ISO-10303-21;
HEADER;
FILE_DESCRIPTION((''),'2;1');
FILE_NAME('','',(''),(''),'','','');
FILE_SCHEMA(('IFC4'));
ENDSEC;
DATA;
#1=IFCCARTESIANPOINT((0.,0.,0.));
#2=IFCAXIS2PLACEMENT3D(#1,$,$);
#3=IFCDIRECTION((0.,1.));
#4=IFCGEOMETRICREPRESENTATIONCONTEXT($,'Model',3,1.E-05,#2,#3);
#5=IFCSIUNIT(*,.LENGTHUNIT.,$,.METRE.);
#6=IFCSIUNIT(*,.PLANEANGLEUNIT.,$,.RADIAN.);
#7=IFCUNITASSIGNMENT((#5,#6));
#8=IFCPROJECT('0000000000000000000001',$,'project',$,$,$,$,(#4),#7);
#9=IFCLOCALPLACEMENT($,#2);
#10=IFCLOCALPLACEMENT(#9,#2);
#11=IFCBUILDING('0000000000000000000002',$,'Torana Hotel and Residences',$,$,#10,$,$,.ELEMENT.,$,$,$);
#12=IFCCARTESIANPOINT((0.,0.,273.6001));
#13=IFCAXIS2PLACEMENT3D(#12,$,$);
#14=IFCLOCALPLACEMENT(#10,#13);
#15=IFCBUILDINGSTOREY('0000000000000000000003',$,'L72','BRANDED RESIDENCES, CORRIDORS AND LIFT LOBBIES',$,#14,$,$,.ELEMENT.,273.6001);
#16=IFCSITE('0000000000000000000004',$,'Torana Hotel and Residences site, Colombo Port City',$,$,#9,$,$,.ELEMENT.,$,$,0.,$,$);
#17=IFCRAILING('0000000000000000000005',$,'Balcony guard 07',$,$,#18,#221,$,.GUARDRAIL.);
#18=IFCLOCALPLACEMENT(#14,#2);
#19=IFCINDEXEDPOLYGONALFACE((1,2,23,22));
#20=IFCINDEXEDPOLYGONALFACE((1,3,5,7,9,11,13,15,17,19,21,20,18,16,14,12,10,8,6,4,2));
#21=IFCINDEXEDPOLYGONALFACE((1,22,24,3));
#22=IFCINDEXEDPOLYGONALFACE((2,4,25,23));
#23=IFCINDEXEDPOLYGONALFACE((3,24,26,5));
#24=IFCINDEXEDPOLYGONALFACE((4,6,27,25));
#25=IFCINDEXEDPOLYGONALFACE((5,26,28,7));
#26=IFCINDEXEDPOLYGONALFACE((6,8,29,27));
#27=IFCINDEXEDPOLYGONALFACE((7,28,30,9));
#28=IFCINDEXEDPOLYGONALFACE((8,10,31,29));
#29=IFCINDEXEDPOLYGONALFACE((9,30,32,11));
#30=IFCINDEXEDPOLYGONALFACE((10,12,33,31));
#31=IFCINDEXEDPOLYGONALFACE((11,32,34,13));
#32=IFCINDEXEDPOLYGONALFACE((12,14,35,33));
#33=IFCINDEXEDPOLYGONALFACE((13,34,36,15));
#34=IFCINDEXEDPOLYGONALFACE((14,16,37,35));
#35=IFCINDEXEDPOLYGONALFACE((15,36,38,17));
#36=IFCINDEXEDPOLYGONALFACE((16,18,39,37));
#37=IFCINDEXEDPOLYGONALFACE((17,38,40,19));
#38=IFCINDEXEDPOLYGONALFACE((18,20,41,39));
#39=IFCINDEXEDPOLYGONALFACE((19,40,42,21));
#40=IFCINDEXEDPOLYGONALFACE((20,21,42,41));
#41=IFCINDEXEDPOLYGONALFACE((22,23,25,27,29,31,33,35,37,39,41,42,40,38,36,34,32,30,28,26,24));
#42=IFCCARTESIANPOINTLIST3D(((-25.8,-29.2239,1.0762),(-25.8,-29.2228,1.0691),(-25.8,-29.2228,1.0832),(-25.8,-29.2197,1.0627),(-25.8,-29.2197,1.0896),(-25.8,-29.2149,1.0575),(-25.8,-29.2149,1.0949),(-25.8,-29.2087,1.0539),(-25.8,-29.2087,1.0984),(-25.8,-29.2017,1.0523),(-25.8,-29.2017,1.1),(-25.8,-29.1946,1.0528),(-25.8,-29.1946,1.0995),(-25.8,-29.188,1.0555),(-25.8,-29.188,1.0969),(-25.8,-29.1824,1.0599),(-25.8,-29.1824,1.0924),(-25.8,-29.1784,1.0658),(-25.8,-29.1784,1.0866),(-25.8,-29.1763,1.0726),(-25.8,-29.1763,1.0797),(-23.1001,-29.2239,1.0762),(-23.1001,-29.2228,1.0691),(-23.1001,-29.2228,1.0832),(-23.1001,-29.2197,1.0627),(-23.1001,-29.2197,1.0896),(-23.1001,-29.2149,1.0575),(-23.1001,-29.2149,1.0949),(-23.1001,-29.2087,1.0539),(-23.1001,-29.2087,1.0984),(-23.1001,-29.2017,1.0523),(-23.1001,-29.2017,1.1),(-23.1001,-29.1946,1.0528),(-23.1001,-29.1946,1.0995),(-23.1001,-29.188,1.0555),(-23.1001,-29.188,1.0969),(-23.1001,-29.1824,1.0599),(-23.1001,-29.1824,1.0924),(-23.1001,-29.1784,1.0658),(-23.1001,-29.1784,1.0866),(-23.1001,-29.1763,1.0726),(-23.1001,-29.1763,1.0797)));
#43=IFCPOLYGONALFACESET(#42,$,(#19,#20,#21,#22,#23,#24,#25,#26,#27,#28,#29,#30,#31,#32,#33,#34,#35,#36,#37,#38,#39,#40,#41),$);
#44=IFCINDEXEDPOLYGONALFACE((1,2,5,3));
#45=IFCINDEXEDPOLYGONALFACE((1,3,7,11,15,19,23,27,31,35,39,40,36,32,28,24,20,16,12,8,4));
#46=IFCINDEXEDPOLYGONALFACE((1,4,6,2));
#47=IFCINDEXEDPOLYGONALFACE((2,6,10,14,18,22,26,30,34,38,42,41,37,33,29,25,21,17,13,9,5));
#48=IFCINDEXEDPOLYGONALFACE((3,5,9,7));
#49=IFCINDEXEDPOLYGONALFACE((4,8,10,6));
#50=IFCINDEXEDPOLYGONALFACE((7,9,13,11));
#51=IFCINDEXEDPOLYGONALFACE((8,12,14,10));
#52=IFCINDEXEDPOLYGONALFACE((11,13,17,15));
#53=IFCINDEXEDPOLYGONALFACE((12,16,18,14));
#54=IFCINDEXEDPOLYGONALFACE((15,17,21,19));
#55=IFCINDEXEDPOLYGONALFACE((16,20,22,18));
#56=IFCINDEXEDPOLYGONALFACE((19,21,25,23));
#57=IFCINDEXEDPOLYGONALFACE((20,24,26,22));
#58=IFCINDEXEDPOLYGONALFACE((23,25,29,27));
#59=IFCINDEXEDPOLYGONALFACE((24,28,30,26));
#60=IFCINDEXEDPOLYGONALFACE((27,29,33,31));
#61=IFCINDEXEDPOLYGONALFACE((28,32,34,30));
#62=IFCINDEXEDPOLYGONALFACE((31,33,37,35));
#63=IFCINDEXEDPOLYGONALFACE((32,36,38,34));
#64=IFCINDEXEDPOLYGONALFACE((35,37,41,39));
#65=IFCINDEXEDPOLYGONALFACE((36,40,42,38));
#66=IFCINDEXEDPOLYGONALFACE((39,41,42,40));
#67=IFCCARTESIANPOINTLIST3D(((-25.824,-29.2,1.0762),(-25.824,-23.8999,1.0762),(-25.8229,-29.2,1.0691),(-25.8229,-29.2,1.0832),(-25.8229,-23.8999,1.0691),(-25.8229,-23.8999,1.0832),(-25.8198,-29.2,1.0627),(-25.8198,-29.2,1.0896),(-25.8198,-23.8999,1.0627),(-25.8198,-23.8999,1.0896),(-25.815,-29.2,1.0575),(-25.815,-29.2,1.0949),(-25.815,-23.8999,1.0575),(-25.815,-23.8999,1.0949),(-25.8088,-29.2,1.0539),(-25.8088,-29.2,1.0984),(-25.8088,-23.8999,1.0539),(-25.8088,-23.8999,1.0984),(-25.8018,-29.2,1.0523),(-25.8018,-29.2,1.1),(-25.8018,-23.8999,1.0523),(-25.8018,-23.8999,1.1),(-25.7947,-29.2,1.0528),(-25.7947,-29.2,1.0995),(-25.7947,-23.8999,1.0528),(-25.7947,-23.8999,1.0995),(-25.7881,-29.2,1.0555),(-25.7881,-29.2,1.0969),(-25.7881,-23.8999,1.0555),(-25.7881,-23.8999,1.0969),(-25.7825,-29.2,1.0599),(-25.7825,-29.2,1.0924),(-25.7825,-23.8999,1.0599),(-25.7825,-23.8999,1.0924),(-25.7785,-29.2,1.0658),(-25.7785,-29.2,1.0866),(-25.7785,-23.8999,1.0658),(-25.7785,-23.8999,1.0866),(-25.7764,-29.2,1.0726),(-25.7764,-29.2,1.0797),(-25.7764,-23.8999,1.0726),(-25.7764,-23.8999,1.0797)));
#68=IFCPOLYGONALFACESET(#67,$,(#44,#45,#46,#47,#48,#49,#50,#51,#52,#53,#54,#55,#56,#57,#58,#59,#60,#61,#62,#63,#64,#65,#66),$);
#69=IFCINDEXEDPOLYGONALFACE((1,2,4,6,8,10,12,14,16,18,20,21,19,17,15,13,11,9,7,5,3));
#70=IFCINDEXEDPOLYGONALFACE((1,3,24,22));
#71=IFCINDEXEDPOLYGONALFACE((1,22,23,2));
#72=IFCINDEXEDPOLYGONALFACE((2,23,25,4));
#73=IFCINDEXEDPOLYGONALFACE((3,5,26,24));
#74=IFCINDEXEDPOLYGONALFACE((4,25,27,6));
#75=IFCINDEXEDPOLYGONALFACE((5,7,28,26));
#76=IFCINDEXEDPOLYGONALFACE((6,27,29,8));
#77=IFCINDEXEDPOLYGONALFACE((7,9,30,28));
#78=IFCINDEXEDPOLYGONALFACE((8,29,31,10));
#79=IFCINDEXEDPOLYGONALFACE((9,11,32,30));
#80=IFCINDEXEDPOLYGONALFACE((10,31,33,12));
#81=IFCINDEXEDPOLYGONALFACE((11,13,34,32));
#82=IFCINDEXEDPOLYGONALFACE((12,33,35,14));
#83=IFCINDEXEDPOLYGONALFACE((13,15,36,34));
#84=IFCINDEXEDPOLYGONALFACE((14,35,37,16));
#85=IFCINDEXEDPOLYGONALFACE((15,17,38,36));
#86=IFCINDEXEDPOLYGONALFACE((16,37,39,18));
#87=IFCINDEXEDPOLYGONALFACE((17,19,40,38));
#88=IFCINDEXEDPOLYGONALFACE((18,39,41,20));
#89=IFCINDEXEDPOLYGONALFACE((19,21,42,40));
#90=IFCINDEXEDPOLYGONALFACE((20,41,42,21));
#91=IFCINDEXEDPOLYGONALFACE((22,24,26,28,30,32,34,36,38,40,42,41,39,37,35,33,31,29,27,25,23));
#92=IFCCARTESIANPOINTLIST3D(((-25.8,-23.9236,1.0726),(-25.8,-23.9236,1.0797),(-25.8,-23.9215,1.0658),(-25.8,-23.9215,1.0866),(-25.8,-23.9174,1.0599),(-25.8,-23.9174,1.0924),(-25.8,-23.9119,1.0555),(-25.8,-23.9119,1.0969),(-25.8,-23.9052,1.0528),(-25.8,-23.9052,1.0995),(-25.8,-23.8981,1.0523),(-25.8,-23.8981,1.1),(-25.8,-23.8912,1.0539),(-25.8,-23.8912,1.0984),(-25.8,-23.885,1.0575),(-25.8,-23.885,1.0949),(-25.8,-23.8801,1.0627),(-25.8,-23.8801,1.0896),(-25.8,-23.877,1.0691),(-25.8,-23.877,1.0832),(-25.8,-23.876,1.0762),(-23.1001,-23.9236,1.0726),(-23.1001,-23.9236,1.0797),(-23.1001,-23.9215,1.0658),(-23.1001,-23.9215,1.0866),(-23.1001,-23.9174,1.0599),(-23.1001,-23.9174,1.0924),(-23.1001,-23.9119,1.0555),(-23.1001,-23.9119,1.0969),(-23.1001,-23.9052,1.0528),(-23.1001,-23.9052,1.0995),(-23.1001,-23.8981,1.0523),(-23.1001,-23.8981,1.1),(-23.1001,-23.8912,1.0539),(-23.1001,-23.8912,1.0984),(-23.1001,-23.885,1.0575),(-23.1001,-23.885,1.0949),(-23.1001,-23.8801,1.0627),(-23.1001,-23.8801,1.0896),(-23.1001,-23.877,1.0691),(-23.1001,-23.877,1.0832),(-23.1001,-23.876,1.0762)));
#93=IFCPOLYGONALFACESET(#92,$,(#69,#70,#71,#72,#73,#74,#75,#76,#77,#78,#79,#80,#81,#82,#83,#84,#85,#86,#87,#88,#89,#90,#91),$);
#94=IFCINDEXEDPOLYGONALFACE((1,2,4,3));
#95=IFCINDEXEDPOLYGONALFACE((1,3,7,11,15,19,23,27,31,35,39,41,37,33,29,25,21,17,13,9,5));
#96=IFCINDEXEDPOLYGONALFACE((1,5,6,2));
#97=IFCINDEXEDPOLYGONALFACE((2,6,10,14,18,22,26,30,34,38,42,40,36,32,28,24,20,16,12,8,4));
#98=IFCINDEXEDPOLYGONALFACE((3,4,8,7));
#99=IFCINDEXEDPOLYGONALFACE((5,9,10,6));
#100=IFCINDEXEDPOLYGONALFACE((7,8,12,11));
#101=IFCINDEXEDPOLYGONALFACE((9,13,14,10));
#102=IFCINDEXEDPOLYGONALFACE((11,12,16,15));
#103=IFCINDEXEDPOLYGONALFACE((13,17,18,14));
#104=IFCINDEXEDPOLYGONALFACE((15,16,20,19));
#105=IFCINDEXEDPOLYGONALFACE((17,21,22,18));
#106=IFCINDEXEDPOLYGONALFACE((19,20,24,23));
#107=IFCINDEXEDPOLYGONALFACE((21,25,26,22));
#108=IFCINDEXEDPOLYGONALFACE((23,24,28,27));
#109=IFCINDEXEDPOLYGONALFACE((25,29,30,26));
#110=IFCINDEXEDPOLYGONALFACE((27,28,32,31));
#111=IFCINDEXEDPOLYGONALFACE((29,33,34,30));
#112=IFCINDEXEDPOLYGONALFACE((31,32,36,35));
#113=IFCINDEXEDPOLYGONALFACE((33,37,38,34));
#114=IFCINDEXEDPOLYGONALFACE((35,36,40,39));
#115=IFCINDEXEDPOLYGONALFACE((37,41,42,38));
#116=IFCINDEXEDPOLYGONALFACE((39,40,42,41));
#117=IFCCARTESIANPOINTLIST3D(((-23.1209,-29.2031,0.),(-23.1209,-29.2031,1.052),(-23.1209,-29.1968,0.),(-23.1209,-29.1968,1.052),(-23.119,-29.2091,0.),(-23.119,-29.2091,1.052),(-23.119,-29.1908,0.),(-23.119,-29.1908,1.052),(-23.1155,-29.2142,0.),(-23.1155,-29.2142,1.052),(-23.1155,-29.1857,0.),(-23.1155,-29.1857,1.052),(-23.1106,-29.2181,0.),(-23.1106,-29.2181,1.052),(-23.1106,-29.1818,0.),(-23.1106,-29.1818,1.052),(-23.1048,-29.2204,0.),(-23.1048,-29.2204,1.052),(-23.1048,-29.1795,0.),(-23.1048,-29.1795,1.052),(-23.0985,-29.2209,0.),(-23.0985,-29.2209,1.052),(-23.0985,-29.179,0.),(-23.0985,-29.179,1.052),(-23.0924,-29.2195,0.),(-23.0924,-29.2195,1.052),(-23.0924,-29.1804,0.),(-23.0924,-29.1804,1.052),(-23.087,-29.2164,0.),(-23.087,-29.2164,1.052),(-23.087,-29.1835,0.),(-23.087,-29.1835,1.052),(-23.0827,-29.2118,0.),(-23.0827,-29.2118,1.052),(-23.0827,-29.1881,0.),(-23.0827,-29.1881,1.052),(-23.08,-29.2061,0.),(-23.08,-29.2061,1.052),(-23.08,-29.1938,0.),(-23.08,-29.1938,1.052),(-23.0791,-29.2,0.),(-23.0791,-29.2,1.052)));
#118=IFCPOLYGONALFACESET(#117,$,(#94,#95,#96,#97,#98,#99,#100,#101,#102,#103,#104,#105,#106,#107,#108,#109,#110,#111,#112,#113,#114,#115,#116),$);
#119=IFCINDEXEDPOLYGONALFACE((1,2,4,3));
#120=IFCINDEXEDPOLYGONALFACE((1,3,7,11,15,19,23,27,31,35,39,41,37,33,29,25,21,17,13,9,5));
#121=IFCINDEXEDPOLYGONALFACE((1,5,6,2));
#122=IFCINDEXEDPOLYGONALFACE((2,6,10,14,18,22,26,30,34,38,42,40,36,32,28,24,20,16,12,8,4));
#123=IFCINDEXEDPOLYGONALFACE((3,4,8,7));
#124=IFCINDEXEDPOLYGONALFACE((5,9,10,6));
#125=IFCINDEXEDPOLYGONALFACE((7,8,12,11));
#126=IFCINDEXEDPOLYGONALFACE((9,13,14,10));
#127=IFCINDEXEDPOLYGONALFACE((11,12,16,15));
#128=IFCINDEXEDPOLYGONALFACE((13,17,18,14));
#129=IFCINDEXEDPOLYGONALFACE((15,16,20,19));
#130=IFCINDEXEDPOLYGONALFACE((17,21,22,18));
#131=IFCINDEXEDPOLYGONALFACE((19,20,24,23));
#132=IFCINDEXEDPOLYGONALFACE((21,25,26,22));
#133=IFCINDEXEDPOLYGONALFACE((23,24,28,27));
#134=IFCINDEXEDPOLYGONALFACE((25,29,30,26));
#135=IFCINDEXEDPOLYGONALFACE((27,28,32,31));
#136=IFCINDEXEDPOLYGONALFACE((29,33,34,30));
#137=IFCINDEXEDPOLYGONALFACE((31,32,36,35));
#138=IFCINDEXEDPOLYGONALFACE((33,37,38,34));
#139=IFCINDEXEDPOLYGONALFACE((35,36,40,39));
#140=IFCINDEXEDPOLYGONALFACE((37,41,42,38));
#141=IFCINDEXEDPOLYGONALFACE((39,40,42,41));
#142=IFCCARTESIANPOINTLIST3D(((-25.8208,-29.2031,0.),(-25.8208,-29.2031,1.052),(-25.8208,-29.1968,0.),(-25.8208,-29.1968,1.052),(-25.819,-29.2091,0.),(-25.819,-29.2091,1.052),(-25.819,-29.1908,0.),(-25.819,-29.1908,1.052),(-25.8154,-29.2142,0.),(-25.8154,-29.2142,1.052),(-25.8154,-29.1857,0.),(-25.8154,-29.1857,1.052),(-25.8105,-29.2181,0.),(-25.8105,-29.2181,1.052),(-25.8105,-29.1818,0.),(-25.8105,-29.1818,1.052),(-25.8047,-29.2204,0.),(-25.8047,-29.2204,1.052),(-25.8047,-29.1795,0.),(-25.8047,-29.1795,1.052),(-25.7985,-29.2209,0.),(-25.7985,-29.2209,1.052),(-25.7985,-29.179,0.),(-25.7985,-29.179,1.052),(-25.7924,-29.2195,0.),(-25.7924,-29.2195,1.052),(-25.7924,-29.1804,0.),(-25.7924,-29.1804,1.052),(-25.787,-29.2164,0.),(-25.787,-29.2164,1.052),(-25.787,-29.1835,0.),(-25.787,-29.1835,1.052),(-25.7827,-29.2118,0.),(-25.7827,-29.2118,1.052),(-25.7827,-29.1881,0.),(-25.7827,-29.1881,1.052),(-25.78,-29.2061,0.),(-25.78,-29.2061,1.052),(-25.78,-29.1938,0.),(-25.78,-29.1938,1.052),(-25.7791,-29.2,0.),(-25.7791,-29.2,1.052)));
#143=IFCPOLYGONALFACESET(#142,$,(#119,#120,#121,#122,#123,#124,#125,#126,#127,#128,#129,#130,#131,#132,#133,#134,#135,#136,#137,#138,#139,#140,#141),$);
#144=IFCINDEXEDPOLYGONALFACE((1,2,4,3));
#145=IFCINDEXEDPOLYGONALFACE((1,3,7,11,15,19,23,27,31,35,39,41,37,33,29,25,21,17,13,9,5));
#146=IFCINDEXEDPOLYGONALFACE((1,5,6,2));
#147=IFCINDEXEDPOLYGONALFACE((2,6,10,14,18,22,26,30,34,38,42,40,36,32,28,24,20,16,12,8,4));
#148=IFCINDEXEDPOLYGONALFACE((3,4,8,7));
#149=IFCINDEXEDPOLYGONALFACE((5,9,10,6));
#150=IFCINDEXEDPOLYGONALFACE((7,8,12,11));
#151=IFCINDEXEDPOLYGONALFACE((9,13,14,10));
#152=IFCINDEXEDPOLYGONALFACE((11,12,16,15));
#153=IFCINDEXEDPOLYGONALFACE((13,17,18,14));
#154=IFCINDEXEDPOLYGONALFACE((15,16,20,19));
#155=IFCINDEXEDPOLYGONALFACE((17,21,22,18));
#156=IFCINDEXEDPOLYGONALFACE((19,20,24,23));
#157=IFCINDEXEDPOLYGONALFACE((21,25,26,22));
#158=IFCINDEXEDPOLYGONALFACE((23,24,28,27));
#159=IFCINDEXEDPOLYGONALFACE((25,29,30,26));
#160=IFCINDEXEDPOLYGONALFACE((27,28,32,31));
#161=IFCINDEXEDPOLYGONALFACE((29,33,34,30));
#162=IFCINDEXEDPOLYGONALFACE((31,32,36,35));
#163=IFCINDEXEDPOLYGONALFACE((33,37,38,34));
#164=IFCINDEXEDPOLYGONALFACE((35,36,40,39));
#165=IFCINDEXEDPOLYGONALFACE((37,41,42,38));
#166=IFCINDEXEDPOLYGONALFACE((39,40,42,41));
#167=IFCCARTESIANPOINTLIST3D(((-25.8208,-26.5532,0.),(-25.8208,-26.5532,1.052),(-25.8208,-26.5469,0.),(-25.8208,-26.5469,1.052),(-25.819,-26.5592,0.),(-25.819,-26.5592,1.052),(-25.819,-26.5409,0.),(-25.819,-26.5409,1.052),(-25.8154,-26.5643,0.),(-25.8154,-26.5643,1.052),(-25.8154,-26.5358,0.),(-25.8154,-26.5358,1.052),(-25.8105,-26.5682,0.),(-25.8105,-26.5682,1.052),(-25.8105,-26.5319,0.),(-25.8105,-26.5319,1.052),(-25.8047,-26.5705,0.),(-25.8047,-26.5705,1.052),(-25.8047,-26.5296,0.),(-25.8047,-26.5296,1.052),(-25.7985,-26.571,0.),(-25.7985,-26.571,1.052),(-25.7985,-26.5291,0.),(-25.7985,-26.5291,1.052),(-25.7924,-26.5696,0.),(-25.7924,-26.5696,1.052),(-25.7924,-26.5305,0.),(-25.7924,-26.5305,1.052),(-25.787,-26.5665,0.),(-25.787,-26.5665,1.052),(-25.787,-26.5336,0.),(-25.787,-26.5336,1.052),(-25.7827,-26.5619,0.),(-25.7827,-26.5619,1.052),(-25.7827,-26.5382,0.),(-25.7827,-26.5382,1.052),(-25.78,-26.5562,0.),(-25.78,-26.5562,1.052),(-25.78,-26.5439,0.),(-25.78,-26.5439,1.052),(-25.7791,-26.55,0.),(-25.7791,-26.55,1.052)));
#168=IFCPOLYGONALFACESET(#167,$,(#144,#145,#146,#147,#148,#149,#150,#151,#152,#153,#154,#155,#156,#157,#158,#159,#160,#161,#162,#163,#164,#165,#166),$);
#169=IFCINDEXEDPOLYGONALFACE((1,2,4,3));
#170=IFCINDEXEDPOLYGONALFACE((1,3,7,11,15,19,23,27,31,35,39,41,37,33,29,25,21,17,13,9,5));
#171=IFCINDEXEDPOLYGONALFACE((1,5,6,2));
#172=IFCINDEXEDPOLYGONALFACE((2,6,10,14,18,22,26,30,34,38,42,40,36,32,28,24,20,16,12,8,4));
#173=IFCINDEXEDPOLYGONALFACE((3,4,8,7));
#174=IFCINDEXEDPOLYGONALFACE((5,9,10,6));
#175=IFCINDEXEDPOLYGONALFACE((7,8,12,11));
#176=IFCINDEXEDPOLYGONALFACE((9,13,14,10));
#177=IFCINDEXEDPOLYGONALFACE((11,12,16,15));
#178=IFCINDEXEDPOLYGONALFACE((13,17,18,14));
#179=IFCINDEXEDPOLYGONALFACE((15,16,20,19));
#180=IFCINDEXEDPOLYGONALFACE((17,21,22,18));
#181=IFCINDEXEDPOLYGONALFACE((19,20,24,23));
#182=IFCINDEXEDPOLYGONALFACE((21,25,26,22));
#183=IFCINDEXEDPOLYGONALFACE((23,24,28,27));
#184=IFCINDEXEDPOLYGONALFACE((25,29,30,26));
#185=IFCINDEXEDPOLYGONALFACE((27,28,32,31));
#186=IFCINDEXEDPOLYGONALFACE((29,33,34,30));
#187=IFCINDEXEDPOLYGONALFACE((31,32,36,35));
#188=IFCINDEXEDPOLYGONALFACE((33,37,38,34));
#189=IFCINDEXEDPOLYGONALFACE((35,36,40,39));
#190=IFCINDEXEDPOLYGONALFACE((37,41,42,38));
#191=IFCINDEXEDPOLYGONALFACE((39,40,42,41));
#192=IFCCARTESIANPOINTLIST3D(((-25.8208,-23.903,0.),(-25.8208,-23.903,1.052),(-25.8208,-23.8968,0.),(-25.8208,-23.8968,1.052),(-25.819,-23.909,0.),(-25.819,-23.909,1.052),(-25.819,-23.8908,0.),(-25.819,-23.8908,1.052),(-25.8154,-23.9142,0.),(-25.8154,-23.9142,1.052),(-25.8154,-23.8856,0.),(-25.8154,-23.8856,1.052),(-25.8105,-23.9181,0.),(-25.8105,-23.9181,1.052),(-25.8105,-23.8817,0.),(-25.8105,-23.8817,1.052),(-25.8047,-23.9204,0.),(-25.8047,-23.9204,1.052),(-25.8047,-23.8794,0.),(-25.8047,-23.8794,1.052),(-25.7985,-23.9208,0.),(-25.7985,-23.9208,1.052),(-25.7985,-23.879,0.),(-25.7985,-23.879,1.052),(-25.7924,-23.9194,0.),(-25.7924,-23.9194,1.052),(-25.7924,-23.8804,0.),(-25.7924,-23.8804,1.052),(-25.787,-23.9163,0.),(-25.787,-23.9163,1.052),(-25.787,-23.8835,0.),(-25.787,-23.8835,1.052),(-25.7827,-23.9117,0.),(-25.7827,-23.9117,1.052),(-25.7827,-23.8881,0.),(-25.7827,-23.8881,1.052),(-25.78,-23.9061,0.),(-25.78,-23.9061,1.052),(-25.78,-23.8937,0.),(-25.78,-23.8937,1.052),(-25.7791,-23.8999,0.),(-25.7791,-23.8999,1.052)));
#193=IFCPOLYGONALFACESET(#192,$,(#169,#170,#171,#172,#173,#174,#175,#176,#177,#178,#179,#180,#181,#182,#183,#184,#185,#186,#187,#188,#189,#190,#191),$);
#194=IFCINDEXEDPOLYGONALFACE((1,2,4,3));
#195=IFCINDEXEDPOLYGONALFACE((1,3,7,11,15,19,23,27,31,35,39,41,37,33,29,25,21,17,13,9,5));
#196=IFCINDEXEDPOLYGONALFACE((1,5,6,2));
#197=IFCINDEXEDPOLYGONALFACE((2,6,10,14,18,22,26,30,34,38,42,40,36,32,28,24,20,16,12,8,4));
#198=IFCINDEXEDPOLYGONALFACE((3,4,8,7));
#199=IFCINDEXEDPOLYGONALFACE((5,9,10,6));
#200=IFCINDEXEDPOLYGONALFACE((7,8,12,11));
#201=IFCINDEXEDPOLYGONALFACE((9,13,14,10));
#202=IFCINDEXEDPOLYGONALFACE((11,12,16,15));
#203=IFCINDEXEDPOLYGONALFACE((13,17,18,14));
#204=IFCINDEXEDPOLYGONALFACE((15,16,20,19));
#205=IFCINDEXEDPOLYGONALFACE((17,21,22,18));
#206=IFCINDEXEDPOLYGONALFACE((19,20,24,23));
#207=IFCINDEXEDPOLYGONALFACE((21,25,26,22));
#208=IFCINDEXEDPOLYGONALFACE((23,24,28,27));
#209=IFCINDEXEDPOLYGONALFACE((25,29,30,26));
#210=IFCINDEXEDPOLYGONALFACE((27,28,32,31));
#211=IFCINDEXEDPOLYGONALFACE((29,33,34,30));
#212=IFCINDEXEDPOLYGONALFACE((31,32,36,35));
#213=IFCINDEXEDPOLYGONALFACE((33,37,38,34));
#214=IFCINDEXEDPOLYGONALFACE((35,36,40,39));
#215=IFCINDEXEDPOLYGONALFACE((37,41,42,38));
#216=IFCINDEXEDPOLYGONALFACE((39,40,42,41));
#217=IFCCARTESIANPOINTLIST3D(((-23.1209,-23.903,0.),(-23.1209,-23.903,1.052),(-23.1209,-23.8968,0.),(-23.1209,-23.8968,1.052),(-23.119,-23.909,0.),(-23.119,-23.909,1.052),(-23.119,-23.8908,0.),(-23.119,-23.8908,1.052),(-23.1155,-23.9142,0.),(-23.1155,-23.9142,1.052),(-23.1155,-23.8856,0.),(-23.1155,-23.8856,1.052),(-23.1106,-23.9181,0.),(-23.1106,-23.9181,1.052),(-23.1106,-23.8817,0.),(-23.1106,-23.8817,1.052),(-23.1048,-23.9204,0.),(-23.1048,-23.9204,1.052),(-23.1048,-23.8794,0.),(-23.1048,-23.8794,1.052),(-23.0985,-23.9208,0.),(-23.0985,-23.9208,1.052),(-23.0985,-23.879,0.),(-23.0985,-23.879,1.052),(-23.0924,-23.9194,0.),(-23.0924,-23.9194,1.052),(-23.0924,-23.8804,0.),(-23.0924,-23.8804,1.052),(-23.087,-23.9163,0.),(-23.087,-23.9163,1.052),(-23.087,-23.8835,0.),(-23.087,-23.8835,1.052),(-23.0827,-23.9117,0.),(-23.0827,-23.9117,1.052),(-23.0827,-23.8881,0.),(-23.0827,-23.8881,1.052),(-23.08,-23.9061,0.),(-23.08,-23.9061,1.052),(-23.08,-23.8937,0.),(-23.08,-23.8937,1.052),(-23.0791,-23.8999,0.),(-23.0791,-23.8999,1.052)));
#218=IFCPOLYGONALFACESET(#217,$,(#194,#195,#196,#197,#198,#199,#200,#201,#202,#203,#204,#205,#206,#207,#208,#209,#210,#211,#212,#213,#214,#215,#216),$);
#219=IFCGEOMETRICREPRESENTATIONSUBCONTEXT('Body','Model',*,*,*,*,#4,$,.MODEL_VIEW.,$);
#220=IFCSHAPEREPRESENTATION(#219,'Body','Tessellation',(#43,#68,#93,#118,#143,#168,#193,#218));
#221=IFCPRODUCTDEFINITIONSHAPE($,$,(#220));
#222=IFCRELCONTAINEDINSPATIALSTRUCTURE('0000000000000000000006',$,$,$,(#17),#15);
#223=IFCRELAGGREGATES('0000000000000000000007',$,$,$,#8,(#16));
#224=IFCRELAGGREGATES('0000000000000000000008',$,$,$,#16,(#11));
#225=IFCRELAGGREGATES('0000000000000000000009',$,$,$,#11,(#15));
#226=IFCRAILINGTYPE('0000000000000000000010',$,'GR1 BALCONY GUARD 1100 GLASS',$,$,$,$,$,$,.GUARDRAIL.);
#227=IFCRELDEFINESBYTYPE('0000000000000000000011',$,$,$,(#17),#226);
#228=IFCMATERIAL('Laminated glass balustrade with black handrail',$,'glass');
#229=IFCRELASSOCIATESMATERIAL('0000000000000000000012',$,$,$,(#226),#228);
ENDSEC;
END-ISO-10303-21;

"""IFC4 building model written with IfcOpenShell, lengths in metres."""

from ifc_helpers import new_model, si_unit, direction, frame, origin, origin_2d, place, context, subcontext, project, spatial, circle, extrude, material, type_object, element, save


model = new_model("IFC4")

# Units and contexts
model_context = context("Model", 3, precision=1e-05, world=origin(), true_north=direction((0.0, 1.0)))
body_context = subcontext(model_context, "Body", "Model", "MODEL_VIEW")
ifc_project = project(units=[si_unit("LENGTHUNIT", "METRE"), si_unit("PLANEANGLEUNIT", "RADIAN")], contexts=[model_context])

# Site, building, storey
site_placement = place(None, origin())
site = spatial("IfcSite", under=ifc_project, at=site_placement, Name="Torana Hotel and Residences site, Colombo Port City", CompositionType="ELEMENT", RefElevation=0.0)
building_placement = place(site_placement, origin())
building = spatial("IfcBuilding", under=site, at=building_placement, Name="Torana Hotel and Residences", CompositionType="ELEMENT")
storey_placement = place(building_placement, frame((0.0, 0.0, 273.6001)))
storey = spatial("IfcBuildingStorey", under=building, at=storey_placement, Name="L72", Description="BRANDED RESIDENCES, CORRIDORS AND LIFT LOBBIES", CompositionType="ELEMENT", Elevation=273.6001)

# Railing
ifc_material_1 = material(Name="Laminated glass balustrade with black handrail", Category="glass")
railing_type = type_object("IfcRailingType", Name="GR1 BALCONY GUARD 1100 GLASS", PredefinedType="GUARDRAIL", material=ifc_material_1)
railing_placement = place(storey_placement, frame((-23.1001, -29.2, 0.0)))
element("IfcRailing", 1, at=railing_placement, inside=storey, type_object=railing_type, Name="Balcony guard 07", PredefinedType="GUARDRAIL", context=body_context, shape_type="SweptSolid", body=[
    extrude(circle(Radius=0.0239, at=origin_2d()), frame((0.0, 0.0, 1.0762), z_axis=(-1.0, 0.0, 0.0), x_axis=(0.0, -1.0, 0.0)), (0.0, 0.0, 1.0), 2.7),
    extrude(circle(Radius=0.0239, at=origin_2d()), frame((-2.7, 0.0, 1.0762), z_axis=(0.0, 1.0, 0.0), x_axis=(-1.0, 0.0, 0.0)), (0.0, 0.0, 1.0), 5.3),
    extrude(circle(Radius=0.0239, at=origin_2d()), frame((-2.7, 5.3, 1.0762), z_axis=(1.0, 0.0, 0.0), x_axis=(0.0, 1.0, 0.0)), (0.0, 0.0, 1.0), 2.7),
    extrude(circle(Radius=0.021, at=origin_2d()), origin(), (0.0, 0.0, 1.0), 1.052),
    extrude(circle(Radius=0.021, at=origin_2d()), frame((-2.7, 0.0, 0.0)), (0.0, 0.0, 1.0), 1.052),
    extrude(circle(Radius=0.021, at=origin_2d()), frame((-2.7, 2.6499, 0.0)), (0.0, 0.0, 1.0), 1.052),
    extrude(circle(Radius=0.021, at=origin_2d()), frame((-2.7, 5.3, 0.0)), (0.0, 0.0, 1.0), 1.052),
    extrude(circle(Radius=0.021, at=origin_2d()), frame((0.0, 5.3, 0.0)), (0.0, 0.0, 1.0), 1.052),
])

save(model, "model.ifc")
